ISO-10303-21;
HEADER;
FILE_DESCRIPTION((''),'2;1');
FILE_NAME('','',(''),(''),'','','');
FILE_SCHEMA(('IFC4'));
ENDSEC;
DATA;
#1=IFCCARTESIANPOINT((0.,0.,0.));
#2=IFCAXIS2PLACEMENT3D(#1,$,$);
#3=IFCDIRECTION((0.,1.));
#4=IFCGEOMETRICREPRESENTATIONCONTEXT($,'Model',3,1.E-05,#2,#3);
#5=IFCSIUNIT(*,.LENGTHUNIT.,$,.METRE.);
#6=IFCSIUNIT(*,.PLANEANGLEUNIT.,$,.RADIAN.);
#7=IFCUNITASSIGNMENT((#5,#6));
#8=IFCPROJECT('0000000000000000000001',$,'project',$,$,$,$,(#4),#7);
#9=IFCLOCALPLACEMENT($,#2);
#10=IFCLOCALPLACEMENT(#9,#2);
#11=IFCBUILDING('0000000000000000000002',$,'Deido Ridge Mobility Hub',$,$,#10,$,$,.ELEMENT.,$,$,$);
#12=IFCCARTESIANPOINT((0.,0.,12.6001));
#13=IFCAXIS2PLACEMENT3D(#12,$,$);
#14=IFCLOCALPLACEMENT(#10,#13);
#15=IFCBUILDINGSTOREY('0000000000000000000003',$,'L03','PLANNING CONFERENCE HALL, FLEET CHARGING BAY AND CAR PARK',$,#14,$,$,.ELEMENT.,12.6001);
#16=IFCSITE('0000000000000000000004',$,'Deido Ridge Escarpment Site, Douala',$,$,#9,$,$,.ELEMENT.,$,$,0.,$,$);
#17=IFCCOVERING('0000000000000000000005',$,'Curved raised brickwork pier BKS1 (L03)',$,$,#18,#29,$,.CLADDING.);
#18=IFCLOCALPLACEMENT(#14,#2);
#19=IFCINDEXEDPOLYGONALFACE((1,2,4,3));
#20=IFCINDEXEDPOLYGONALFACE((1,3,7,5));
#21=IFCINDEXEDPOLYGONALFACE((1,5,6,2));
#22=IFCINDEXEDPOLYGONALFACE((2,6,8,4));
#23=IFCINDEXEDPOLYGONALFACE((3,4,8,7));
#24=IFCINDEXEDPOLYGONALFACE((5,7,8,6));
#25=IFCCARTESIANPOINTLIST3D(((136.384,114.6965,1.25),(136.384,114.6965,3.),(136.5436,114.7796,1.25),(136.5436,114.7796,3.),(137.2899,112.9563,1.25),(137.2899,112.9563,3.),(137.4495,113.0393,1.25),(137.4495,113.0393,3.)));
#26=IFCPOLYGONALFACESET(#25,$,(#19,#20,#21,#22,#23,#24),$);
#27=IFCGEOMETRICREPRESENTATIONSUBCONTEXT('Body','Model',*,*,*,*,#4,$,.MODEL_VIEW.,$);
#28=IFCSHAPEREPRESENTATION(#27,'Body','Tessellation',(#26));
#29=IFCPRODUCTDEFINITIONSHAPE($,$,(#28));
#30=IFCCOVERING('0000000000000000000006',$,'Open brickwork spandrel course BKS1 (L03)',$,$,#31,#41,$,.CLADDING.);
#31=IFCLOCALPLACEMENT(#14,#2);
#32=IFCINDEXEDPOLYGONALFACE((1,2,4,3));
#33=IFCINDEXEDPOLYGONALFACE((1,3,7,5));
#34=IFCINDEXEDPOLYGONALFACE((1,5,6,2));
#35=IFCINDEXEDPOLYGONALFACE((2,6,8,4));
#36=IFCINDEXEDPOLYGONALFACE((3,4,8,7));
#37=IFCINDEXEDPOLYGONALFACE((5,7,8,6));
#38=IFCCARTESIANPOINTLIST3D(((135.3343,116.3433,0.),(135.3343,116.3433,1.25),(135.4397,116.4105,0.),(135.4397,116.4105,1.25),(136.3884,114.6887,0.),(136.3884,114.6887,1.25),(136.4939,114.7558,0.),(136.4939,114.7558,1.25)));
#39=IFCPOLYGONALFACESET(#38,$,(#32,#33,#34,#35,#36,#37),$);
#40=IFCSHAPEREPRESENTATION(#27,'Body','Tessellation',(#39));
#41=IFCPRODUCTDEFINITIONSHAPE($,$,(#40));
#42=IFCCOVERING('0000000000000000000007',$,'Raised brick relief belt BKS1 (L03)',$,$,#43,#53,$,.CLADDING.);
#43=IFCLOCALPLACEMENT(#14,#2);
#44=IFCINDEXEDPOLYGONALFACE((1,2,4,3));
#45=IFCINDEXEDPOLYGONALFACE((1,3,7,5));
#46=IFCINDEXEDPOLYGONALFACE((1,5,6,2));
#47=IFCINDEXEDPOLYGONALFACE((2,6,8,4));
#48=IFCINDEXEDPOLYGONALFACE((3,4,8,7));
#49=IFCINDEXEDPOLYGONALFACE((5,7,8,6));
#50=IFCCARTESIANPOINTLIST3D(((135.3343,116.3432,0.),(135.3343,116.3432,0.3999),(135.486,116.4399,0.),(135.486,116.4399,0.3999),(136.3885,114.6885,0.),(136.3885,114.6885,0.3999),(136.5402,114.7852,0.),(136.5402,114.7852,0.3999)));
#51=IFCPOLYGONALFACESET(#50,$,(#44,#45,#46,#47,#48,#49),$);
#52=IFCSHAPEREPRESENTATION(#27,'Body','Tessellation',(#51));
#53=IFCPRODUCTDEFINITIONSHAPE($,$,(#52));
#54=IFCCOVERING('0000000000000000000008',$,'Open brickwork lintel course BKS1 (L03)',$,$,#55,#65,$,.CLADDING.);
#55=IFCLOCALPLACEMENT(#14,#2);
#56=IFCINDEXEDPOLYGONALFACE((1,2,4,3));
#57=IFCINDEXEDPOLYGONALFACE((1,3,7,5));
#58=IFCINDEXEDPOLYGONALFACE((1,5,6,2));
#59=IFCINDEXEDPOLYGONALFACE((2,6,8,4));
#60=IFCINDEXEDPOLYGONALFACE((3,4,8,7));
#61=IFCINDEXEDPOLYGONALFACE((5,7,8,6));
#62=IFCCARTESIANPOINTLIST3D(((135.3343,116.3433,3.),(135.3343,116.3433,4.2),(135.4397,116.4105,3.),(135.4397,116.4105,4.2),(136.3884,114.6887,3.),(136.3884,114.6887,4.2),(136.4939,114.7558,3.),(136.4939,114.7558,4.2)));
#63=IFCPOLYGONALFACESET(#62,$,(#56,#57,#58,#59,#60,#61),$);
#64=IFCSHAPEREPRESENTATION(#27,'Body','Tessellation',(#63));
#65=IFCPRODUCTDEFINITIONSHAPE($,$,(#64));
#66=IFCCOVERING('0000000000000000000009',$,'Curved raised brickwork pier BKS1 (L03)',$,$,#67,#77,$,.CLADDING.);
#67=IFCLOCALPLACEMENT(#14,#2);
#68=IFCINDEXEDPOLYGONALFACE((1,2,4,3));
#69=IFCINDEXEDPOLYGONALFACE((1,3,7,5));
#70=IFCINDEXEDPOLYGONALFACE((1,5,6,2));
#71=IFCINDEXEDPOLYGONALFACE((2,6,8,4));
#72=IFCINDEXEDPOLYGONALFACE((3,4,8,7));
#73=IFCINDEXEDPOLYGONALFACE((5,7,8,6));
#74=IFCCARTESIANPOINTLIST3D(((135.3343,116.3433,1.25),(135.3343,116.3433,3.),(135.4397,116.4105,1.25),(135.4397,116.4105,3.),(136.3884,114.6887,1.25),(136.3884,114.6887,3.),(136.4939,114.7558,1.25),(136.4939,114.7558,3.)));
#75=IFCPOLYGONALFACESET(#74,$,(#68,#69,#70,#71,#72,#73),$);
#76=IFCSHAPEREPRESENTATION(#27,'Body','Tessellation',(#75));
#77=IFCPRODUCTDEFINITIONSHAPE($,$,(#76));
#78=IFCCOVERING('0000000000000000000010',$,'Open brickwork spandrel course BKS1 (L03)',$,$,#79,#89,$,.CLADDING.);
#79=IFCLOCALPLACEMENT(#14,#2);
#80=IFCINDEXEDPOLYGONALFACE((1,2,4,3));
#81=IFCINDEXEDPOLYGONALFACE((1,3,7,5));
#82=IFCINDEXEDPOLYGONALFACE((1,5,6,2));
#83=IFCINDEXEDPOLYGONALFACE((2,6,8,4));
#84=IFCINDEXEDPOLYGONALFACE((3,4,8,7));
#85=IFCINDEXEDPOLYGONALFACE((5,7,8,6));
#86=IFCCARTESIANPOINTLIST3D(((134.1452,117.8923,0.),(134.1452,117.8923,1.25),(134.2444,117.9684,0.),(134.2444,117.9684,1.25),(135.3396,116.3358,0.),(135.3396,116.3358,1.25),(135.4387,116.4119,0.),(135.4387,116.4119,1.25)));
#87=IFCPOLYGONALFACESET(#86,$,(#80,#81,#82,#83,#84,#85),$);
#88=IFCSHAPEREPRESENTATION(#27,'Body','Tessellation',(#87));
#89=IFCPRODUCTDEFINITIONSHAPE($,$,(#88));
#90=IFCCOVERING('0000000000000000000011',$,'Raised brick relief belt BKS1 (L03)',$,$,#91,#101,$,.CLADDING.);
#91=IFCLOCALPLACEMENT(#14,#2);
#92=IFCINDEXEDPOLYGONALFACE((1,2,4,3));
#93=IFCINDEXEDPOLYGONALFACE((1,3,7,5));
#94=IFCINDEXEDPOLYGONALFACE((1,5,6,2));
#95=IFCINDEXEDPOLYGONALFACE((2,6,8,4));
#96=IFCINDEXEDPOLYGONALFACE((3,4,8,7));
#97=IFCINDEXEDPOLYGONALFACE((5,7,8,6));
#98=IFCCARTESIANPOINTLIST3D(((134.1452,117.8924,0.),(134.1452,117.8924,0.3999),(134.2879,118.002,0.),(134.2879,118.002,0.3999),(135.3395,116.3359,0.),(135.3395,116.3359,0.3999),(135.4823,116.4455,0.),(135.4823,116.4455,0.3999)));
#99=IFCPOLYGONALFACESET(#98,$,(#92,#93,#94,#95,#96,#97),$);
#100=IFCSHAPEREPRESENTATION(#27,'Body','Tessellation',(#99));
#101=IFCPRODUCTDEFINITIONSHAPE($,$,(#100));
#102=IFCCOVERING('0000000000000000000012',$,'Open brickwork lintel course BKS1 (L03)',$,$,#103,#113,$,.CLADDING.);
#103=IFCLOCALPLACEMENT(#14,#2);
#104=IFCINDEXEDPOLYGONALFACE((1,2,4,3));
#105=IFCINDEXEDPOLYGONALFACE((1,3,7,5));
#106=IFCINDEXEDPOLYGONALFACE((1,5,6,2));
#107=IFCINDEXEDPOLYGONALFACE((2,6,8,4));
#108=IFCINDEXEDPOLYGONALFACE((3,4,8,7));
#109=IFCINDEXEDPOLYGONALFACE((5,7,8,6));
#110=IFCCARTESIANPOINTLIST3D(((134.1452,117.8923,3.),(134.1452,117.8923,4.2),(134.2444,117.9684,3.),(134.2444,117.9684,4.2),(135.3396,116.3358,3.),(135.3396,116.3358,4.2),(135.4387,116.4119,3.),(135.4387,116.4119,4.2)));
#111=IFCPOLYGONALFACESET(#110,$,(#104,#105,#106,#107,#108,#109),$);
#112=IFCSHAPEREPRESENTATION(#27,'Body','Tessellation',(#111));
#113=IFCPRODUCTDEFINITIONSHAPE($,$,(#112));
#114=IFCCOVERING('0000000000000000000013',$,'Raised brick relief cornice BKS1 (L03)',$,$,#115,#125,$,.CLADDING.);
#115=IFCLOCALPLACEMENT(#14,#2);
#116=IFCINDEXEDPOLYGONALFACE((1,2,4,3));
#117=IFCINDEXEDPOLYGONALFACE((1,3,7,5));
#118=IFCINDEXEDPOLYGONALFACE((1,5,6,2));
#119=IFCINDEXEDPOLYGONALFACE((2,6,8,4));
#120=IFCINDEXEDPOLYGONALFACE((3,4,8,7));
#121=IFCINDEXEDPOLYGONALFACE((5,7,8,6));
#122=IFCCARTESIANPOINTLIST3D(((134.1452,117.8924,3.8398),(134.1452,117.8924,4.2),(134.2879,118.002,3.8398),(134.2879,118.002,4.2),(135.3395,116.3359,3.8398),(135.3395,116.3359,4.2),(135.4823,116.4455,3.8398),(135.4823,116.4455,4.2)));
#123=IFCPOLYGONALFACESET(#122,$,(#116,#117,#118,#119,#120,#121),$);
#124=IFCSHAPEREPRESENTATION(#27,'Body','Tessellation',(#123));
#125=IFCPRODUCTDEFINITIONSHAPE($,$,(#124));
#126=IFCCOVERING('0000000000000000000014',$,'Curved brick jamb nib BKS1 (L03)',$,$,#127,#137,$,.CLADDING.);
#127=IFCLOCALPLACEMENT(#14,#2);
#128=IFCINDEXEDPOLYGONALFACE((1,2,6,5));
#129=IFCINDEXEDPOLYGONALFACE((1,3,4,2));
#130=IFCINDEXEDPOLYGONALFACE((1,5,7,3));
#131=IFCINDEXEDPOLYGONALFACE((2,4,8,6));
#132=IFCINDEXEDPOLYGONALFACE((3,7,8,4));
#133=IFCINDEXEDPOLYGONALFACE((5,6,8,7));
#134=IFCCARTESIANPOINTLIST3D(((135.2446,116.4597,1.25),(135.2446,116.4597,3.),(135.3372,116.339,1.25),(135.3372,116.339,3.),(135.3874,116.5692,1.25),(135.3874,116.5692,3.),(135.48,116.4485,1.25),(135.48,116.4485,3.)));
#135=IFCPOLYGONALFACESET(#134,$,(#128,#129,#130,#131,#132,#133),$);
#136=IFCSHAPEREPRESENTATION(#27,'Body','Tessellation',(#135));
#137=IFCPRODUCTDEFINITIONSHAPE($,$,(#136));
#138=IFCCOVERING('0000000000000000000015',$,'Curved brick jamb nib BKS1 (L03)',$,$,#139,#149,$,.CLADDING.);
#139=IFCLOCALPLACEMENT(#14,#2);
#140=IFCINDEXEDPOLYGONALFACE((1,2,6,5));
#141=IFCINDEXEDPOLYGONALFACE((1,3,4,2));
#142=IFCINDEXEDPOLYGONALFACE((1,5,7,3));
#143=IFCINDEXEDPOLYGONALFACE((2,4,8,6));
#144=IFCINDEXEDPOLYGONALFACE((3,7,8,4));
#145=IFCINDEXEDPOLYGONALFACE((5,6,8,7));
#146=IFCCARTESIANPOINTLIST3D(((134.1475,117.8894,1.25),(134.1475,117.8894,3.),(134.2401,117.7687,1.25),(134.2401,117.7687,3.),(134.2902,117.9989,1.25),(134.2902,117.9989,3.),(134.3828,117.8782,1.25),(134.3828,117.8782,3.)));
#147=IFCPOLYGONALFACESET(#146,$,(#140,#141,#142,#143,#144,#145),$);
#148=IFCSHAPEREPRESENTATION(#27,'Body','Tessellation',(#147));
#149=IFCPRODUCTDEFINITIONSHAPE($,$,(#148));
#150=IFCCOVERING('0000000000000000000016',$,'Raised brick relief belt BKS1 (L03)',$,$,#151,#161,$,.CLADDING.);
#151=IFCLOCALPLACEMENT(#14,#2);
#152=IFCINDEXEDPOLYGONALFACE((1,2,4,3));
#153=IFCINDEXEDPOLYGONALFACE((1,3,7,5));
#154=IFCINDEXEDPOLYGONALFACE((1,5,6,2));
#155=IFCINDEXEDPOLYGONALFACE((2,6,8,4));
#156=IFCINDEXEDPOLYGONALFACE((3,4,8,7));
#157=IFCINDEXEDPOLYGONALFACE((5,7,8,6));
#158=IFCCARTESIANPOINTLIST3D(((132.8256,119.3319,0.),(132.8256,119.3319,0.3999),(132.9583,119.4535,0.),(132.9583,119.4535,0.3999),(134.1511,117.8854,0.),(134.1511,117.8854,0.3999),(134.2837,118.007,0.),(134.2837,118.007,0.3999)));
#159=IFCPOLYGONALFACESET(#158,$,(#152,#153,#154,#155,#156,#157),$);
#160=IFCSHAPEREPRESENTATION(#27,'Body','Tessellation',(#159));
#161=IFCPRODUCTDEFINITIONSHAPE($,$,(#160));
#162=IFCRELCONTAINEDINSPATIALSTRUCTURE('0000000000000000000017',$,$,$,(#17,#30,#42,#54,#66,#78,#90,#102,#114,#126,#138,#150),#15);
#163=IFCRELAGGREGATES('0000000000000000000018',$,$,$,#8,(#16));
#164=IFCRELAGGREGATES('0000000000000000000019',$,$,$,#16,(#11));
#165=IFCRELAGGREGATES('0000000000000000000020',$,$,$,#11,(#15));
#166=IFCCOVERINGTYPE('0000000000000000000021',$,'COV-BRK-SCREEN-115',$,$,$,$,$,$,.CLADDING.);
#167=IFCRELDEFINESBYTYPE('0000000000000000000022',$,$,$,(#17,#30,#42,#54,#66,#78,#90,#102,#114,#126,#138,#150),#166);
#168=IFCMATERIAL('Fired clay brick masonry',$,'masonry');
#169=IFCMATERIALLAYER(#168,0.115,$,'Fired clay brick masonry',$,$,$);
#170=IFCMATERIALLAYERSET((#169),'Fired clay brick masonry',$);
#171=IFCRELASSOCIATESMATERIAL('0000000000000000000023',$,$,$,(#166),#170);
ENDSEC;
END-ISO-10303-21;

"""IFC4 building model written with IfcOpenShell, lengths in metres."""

from ifc_helpers import new_model, si_unit, direction, frame, origin, origin_2d, place, context, subcontext, project, spatial, rectangle, extrude, material, layer, layer_set, type_object, element, save


model = new_model("IFC4")

# Units and contexts
model_context = context("Model", 3, precision=1e-05, world=origin(), true_north=direction((0.0, 1.0)))
body_context = subcontext(model_context, "Body", "Model", "MODEL_VIEW")
ifc_project = project(units=[si_unit("LENGTHUNIT", "METRE"), si_unit("PLANEANGLEUNIT", "RADIAN")], contexts=[model_context])

# Site, building, storey
site_placement = place(None, origin())
site = spatial("IfcSite", under=ifc_project, at=site_placement, Name="Deido Ridge Escarpment Site, Douala", CompositionType="ELEMENT", RefElevation=0.0)
building_placement = place(site_placement, origin())
building = spatial("IfcBuilding", under=site, at=building_placement, Name="Deido Ridge Mobility Hub", CompositionType="ELEMENT")
storey_placement = place(building_placement, frame((0.0, 0.0, 12.6001)))
storey = spatial("IfcBuildingStorey", under=building, at=storey_placement, Name="L03", Description="PLANNING CONFERENCE HALL, FLEET CHARGING BAY AND CAR PARK", CompositionType="ELEMENT", Elevation=12.6001)

# Coverings
ifc_material_1 = material(Name="Fired clay brick masonry", Category="masonry")
ifc_layer = layer(ifc_material_1, 0.115, Name="Fired clay brick masonry")
ifc_layer_set = layer_set([ifc_layer], Name="Fired clay brick masonry")
covering_type = type_object("IfcCoveringType", Name="COV-BRK-SCREEN-115", PredefinedType="CLADDING", material=ifc_layer_set)
covering_1_placement = place(storey_placement, frame((136.9167, 113.8679, 1.25), z_axis=(0.0, 0.0, 1.0), x_axis=(-0.461733, 0.887019, 0.0)))
element("IfcCovering", 1, at=covering_1_placement, inside=storey, type_object=covering_type, Name="Curved raised brickwork pier BKS1 (L03)", PredefinedType="CLADDING", context=body_context, shape_type="SweptSolid", body=[
    extrude(rectangle(XDim=1.9619, YDim=0.1799, at=origin_2d()), origin(), (0.0, 0.0, 1.0), 1.75),
])
covering_2_placement = place(storey_placement, frame((135.9141, 115.5496, 0.0), z_axis=(0.0, 0.0, 1.0), x_axis=(-0.537314, 0.843382, 0.0)))
element("IfcCovering", 2, at=covering_2_placement, inside=storey, type_object=covering_type, Name="Open brickwork spandrel course BKS1 (L03)", PredefinedType="CLADDING", context=body_context, shape_type="SweptSolid", body=[
    extrude(rectangle(XDim=1.9619, YDim=0.125, at=origin_2d()), origin(), (0.0, 0.0, 1.0), 1.25),
])
covering_3_placement = place(storey_placement, frame((135.9373, 115.5642, 0.0), z_axis=(0.0, 0.0, 1.0), x_axis=(-0.537314, 0.843382, 0.0)))
element("IfcCovering", 3, at=covering_3_placement, inside=storey, type_object=covering_type, Name="Raised brick relief belt BKS1 (L03)", PredefinedType="CLADDING", context=body_context, shape_type="SweptSolid", body=[
    extrude(rectangle(XDim=1.9619, YDim=0.1799, at=origin_2d()), origin(), (0.0, 0.0, 1.0), 0.3999),
])
covering_4_placement = place(storey_placement, frame((135.9141, 115.5496, 3.0), z_axis=(0.0, 0.0, 1.0), x_axis=(-0.537314, 0.843382, 0.0)))
element("IfcCovering", 4, at=covering_4_placement, inside=storey, type_object=covering_type, Name="Open brickwork lintel course BKS1 (L03)", PredefinedType="CLADDING", context=body_context, shape_type="SweptSolid", body=[
    extrude(rectangle(XDim=1.9619, YDim=0.125, at=origin_2d()), origin(), (0.0, 0.0, 1.0), 1.2),
])
covering_5_placement = place(storey_placement, frame((135.9141, 115.5496, 1.25), z_axis=(0.0, 0.0, 1.0), x_axis=(-0.537314, 0.843382, 0.0)))
element("IfcCovering", 5, at=covering_5_placement, inside=storey, type_object=covering_type, Name="Curved raised brickwork pier BKS1 (L03)", PredefinedType="CLADDING", context=body_context, shape_type="SweptSolid", body=[
    extrude(rectangle(XDim=1.9619, YDim=0.125, at=origin_2d()), origin(), (0.0, 0.0, 1.0), 1.75),
])
covering_6_placement = place(storey_placement, frame((134.792, 117.1521, 0.0), z_axis=(0.0, 0.0, 1.0), x_axis=(-0.608761, 0.793353, 0.0)))
element("IfcCovering", 6, at=covering_6_placement, inside=storey, type_object=covering_type, Name="Open brickwork spandrel course BKS1 (L03)", PredefinedType="CLADDING", context=body_context, shape_type="SweptSolid", body=[
    extrude(rectangle(XDim=1.9619, YDim=0.125, at=origin_2d()), origin(), (0.0, 0.0, 1.0), 1.25),
])
covering_7_placement = place(storey_placement, frame((134.8137, 117.1689, 0.0), z_axis=(0.0, 0.0, 1.0), x_axis=(-0.608761, 0.793353, 0.0)))
element("IfcCovering", 7, at=covering_7_placement, inside=storey, type_object=covering_type, Name="Raised brick relief belt BKS1 (L03)", PredefinedType="CLADDING", context=body_context, shape_type="SweptSolid", body=[
    extrude(rectangle(XDim=1.9619, YDim=0.1799, at=origin_2d()), origin(), (0.0, 0.0, 1.0), 0.3999),
])
covering_8_placement = place(storey_placement, frame((134.792, 117.1521, 3.0), z_axis=(0.0, 0.0, 1.0), x_axis=(-0.608761, 0.793353, 0.0)))
element("IfcCovering", 8, at=covering_8_placement, inside=storey, type_object=covering_type, Name="Open brickwork lintel course BKS1 (L03)", PredefinedType="CLADDING", context=body_context, shape_type="SweptSolid", body=[
    extrude(rectangle(XDim=1.9619, YDim=0.125, at=origin_2d()), origin(), (0.0, 0.0, 1.0), 1.2),
])
covering_9_placement = place(storey_placement, frame((134.8137, 117.1689, 3.8398), z_axis=(0.0, 0.0, 1.0), x_axis=(-0.608761, 0.793353, 0.0)))
element("IfcCovering", 9, at=covering_9_placement, inside=storey, type_object=covering_type, Name="Raised brick relief cornice BKS1 (L03)", PredefinedType="CLADDING", context=body_context, shape_type="SweptSolid", body=[
    extrude(rectangle(XDim=1.9619, YDim=0.1799, at=origin_2d()), origin(), (0.0, 0.0, 1.0), 0.3601),
])
for number, where, z_axis, x_axis, name in (
    (10, (135.3623, 116.4541, 1.25), (0.0, 0.0, 1.0), (-0.608761, 0.793353, 0.0), "Curved brick jamb nib BKS1 (L03)"),
    (11, (134.2651, 117.8838, 1.25), (0.0, 0.0, 1.0), (-0.608761, 0.793353, 0.0), "Curved brick jamb nib BKS1 (L03)"),
):
    element("IfcCovering", number, at=place(storey_placement, frame(where, z_axis=z_axis, x_axis=x_axis)), inside=storey, type_object=covering_type, Name=name, PredefinedType="CLADDING", context=body_context, shape_type="SweptSolid", body=[
        extrude(rectangle(XDim=0.1521, YDim=0.1799, at=origin_2d()), origin(), (0.0, 0.0, 1.0), 1.75),
    ])
covering_10_placement = place(storey_placement, frame((133.5547, 118.6694, 0.0), z_axis=(0.0, 0.0, 1.0), x_axis=(-0.675577, 0.737289, 0.0)))
element("IfcCovering", 12, at=covering_10_placement, inside=storey, type_object=covering_type, Name="Raised brick relief belt BKS1 (L03)", PredefinedType="CLADDING", context=body_context, shape_type="SweptSolid", body=[
    extrude(rectangle(XDim=1.9619, YDim=0.1799, at=origin_2d()), origin(), (0.0, 0.0, 1.0), 0.3999),
])

save(model, "model.ifc")
